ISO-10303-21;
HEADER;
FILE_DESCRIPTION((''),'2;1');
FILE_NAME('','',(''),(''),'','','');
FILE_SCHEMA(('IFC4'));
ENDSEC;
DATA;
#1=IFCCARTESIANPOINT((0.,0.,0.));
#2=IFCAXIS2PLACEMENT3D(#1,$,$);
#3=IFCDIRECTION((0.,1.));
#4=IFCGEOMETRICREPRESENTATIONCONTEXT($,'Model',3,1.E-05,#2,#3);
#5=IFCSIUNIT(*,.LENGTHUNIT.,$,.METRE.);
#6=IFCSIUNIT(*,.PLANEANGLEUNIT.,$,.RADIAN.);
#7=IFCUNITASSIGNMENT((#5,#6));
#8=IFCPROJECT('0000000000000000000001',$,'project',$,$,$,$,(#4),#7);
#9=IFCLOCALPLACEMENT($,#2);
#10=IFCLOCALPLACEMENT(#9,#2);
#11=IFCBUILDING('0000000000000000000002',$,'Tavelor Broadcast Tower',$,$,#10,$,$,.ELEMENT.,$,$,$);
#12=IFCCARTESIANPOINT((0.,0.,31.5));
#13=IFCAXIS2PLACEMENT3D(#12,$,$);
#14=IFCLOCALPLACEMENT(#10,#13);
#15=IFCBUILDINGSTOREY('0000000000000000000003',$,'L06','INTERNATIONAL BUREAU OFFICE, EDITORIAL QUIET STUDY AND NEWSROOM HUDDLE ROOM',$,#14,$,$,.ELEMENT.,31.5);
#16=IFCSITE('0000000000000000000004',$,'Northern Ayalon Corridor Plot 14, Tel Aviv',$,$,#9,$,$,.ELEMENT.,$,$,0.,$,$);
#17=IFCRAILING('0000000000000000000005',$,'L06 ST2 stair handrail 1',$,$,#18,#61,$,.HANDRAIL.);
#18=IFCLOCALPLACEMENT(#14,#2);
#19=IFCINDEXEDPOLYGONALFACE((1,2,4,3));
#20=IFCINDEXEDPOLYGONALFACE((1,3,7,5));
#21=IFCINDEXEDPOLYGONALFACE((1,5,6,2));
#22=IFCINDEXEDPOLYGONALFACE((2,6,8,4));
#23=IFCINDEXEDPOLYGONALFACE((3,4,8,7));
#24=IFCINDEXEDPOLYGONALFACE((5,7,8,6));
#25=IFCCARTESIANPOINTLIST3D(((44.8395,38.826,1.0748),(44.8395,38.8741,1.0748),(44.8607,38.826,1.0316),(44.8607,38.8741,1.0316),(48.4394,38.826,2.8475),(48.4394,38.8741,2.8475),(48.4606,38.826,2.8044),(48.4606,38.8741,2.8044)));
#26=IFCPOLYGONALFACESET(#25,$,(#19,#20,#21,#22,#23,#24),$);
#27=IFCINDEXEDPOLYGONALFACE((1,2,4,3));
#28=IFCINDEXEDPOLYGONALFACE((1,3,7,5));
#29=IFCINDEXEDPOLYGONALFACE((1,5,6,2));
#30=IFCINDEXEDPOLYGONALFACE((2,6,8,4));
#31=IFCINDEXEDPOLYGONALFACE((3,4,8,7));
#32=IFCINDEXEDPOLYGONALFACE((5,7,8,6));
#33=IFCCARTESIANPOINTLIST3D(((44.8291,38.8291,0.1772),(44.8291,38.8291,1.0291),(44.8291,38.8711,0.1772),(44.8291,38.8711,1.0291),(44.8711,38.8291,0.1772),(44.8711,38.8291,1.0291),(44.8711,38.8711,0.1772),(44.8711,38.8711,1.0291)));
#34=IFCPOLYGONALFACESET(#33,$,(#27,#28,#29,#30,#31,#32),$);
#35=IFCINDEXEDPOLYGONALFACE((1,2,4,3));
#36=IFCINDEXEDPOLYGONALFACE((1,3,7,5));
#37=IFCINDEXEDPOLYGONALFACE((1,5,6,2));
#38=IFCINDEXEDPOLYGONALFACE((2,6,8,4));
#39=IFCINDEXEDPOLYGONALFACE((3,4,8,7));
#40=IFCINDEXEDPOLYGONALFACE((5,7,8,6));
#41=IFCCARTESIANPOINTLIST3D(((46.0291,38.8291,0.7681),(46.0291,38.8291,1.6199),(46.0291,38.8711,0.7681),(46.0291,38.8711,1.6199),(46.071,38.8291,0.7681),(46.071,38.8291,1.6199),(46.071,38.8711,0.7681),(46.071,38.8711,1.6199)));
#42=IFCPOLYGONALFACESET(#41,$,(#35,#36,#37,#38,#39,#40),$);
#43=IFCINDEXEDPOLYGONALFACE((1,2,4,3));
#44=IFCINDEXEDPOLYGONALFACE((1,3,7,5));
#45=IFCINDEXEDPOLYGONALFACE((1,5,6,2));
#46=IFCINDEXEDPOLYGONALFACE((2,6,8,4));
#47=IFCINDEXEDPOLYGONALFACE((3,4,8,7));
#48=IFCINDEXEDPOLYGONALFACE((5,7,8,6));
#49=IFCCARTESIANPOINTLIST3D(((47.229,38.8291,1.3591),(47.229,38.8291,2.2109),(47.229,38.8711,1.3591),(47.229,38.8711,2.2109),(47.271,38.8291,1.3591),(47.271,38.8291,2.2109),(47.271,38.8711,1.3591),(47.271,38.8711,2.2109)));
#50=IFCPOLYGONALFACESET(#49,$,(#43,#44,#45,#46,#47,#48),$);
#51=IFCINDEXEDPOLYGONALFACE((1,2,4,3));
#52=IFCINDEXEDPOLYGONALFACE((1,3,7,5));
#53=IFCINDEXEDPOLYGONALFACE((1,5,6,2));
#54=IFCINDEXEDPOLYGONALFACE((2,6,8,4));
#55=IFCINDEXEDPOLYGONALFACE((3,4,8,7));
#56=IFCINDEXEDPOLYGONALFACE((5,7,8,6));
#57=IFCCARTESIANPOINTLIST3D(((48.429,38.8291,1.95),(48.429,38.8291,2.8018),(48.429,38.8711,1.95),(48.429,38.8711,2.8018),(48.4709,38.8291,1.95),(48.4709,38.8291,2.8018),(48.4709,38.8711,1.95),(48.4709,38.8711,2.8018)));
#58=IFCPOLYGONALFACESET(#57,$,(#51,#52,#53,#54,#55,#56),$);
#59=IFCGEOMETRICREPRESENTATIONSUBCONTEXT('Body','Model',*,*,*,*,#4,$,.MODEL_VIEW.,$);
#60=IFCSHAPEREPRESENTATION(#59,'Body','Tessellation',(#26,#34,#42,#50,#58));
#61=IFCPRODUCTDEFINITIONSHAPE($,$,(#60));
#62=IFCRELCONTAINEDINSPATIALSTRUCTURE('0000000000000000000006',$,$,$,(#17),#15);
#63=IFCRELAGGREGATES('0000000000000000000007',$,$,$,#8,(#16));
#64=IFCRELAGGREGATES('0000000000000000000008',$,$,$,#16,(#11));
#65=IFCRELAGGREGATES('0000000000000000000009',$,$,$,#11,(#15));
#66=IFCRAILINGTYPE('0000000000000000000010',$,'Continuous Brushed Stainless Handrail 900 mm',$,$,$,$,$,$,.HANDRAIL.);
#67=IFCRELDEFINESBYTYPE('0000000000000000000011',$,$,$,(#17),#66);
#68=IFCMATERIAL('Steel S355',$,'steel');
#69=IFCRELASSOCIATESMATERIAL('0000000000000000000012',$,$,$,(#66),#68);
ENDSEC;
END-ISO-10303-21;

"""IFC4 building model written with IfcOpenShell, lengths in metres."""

from ifc_helpers import new_model, si_unit, direction, frame, origin, origin_2d, place, context, subcontext, project, spatial, rectangle, extrude, material, type_object, element, save


model = new_model("IFC4")

# Units and contexts
model_context = context("Model", 3, precision=1e-05, world=origin(), true_north=direction((0.0, 1.0)))
body_context = subcontext(model_context, "Body", "Model", "MODEL_VIEW")
ifc_project = project(units=[si_unit("LENGTHUNIT", "METRE"), si_unit("PLANEANGLEUNIT", "RADIAN")], contexts=[model_context])

# Site, building, storey
site_placement = place(None, origin())
site = spatial("IfcSite", under=ifc_project, at=site_placement, Name="Northern Ayalon Corridor Plot 14, Tel Aviv", CompositionType="ELEMENT", RefElevation=0.0)
building_placement = place(site_placement, origin())
building = spatial("IfcBuilding", under=site, at=building_placement, Name="Tavelor Broadcast Tower", CompositionType="ELEMENT")
storey_placement = place(building_placement, frame((0.0, 0.0, 31.5)))
storey = spatial("IfcBuildingStorey", under=building, at=storey_placement, Name="L06", Description="INTERNATIONAL BUREAU OFFICE, EDITORIAL QUIET STUDY AND NEWSROOM HUDDLE ROOM", CompositionType="ELEMENT", Elevation=31.5)

# Shared definitions
ifc_material_1 = material(Name="Steel S355", Category="steel")

# Railing
railing_type = type_object("IfcRailingType", Name="Continuous Brushed Stainless Handrail 900 mm", PredefinedType="HANDRAIL", material=ifc_material_1)
railing_placement = place(storey_placement, frame((44.8501, 38.8501, 0.1772)))
element("IfcRailing", 1, at=railing_placement, inside=storey, type_object=railing_type, Name="L06 ST2 stair handrail 1", PredefinedType="HANDRAIL", context=body_context, shape_type="SweptSolid", body=[
    extrude(rectangle(XDim=0.0481, YDim=0.0481, at=origin_2d()), frame((0.0, 0.0, 0.876), z_axis=(0.897124, 0.0, 0.441778), x_axis=(0.0, 1.0, 0.0)), (0.0, 0.0, 1.0), 4.0127),
    extrude(rectangle(XDim=0.042, YDim=0.042, at=origin_2d()), origin(), (0.0, 0.0, 1.0), 0.8518),
    extrude(rectangle(XDim=0.042, YDim=0.042, at=origin_2d()), frame((1.2, 0.0, 0.5908)), (0.0, 0.0, 1.0), 0.8518),
    extrude(rectangle(XDim=0.042, YDim=0.042, at=origin_2d()), frame((2.3999, 0.0, 1.1819)), (0.0, 0.0, 1.0), 0.8518),
    extrude(rectangle(XDim=0.042, YDim=0.042, at=origin_2d()), frame((3.5999, 0.0, 1.7727)), (0.0, 0.0, 1.0), 0.8518),
])

save(model, "model.ifc")
